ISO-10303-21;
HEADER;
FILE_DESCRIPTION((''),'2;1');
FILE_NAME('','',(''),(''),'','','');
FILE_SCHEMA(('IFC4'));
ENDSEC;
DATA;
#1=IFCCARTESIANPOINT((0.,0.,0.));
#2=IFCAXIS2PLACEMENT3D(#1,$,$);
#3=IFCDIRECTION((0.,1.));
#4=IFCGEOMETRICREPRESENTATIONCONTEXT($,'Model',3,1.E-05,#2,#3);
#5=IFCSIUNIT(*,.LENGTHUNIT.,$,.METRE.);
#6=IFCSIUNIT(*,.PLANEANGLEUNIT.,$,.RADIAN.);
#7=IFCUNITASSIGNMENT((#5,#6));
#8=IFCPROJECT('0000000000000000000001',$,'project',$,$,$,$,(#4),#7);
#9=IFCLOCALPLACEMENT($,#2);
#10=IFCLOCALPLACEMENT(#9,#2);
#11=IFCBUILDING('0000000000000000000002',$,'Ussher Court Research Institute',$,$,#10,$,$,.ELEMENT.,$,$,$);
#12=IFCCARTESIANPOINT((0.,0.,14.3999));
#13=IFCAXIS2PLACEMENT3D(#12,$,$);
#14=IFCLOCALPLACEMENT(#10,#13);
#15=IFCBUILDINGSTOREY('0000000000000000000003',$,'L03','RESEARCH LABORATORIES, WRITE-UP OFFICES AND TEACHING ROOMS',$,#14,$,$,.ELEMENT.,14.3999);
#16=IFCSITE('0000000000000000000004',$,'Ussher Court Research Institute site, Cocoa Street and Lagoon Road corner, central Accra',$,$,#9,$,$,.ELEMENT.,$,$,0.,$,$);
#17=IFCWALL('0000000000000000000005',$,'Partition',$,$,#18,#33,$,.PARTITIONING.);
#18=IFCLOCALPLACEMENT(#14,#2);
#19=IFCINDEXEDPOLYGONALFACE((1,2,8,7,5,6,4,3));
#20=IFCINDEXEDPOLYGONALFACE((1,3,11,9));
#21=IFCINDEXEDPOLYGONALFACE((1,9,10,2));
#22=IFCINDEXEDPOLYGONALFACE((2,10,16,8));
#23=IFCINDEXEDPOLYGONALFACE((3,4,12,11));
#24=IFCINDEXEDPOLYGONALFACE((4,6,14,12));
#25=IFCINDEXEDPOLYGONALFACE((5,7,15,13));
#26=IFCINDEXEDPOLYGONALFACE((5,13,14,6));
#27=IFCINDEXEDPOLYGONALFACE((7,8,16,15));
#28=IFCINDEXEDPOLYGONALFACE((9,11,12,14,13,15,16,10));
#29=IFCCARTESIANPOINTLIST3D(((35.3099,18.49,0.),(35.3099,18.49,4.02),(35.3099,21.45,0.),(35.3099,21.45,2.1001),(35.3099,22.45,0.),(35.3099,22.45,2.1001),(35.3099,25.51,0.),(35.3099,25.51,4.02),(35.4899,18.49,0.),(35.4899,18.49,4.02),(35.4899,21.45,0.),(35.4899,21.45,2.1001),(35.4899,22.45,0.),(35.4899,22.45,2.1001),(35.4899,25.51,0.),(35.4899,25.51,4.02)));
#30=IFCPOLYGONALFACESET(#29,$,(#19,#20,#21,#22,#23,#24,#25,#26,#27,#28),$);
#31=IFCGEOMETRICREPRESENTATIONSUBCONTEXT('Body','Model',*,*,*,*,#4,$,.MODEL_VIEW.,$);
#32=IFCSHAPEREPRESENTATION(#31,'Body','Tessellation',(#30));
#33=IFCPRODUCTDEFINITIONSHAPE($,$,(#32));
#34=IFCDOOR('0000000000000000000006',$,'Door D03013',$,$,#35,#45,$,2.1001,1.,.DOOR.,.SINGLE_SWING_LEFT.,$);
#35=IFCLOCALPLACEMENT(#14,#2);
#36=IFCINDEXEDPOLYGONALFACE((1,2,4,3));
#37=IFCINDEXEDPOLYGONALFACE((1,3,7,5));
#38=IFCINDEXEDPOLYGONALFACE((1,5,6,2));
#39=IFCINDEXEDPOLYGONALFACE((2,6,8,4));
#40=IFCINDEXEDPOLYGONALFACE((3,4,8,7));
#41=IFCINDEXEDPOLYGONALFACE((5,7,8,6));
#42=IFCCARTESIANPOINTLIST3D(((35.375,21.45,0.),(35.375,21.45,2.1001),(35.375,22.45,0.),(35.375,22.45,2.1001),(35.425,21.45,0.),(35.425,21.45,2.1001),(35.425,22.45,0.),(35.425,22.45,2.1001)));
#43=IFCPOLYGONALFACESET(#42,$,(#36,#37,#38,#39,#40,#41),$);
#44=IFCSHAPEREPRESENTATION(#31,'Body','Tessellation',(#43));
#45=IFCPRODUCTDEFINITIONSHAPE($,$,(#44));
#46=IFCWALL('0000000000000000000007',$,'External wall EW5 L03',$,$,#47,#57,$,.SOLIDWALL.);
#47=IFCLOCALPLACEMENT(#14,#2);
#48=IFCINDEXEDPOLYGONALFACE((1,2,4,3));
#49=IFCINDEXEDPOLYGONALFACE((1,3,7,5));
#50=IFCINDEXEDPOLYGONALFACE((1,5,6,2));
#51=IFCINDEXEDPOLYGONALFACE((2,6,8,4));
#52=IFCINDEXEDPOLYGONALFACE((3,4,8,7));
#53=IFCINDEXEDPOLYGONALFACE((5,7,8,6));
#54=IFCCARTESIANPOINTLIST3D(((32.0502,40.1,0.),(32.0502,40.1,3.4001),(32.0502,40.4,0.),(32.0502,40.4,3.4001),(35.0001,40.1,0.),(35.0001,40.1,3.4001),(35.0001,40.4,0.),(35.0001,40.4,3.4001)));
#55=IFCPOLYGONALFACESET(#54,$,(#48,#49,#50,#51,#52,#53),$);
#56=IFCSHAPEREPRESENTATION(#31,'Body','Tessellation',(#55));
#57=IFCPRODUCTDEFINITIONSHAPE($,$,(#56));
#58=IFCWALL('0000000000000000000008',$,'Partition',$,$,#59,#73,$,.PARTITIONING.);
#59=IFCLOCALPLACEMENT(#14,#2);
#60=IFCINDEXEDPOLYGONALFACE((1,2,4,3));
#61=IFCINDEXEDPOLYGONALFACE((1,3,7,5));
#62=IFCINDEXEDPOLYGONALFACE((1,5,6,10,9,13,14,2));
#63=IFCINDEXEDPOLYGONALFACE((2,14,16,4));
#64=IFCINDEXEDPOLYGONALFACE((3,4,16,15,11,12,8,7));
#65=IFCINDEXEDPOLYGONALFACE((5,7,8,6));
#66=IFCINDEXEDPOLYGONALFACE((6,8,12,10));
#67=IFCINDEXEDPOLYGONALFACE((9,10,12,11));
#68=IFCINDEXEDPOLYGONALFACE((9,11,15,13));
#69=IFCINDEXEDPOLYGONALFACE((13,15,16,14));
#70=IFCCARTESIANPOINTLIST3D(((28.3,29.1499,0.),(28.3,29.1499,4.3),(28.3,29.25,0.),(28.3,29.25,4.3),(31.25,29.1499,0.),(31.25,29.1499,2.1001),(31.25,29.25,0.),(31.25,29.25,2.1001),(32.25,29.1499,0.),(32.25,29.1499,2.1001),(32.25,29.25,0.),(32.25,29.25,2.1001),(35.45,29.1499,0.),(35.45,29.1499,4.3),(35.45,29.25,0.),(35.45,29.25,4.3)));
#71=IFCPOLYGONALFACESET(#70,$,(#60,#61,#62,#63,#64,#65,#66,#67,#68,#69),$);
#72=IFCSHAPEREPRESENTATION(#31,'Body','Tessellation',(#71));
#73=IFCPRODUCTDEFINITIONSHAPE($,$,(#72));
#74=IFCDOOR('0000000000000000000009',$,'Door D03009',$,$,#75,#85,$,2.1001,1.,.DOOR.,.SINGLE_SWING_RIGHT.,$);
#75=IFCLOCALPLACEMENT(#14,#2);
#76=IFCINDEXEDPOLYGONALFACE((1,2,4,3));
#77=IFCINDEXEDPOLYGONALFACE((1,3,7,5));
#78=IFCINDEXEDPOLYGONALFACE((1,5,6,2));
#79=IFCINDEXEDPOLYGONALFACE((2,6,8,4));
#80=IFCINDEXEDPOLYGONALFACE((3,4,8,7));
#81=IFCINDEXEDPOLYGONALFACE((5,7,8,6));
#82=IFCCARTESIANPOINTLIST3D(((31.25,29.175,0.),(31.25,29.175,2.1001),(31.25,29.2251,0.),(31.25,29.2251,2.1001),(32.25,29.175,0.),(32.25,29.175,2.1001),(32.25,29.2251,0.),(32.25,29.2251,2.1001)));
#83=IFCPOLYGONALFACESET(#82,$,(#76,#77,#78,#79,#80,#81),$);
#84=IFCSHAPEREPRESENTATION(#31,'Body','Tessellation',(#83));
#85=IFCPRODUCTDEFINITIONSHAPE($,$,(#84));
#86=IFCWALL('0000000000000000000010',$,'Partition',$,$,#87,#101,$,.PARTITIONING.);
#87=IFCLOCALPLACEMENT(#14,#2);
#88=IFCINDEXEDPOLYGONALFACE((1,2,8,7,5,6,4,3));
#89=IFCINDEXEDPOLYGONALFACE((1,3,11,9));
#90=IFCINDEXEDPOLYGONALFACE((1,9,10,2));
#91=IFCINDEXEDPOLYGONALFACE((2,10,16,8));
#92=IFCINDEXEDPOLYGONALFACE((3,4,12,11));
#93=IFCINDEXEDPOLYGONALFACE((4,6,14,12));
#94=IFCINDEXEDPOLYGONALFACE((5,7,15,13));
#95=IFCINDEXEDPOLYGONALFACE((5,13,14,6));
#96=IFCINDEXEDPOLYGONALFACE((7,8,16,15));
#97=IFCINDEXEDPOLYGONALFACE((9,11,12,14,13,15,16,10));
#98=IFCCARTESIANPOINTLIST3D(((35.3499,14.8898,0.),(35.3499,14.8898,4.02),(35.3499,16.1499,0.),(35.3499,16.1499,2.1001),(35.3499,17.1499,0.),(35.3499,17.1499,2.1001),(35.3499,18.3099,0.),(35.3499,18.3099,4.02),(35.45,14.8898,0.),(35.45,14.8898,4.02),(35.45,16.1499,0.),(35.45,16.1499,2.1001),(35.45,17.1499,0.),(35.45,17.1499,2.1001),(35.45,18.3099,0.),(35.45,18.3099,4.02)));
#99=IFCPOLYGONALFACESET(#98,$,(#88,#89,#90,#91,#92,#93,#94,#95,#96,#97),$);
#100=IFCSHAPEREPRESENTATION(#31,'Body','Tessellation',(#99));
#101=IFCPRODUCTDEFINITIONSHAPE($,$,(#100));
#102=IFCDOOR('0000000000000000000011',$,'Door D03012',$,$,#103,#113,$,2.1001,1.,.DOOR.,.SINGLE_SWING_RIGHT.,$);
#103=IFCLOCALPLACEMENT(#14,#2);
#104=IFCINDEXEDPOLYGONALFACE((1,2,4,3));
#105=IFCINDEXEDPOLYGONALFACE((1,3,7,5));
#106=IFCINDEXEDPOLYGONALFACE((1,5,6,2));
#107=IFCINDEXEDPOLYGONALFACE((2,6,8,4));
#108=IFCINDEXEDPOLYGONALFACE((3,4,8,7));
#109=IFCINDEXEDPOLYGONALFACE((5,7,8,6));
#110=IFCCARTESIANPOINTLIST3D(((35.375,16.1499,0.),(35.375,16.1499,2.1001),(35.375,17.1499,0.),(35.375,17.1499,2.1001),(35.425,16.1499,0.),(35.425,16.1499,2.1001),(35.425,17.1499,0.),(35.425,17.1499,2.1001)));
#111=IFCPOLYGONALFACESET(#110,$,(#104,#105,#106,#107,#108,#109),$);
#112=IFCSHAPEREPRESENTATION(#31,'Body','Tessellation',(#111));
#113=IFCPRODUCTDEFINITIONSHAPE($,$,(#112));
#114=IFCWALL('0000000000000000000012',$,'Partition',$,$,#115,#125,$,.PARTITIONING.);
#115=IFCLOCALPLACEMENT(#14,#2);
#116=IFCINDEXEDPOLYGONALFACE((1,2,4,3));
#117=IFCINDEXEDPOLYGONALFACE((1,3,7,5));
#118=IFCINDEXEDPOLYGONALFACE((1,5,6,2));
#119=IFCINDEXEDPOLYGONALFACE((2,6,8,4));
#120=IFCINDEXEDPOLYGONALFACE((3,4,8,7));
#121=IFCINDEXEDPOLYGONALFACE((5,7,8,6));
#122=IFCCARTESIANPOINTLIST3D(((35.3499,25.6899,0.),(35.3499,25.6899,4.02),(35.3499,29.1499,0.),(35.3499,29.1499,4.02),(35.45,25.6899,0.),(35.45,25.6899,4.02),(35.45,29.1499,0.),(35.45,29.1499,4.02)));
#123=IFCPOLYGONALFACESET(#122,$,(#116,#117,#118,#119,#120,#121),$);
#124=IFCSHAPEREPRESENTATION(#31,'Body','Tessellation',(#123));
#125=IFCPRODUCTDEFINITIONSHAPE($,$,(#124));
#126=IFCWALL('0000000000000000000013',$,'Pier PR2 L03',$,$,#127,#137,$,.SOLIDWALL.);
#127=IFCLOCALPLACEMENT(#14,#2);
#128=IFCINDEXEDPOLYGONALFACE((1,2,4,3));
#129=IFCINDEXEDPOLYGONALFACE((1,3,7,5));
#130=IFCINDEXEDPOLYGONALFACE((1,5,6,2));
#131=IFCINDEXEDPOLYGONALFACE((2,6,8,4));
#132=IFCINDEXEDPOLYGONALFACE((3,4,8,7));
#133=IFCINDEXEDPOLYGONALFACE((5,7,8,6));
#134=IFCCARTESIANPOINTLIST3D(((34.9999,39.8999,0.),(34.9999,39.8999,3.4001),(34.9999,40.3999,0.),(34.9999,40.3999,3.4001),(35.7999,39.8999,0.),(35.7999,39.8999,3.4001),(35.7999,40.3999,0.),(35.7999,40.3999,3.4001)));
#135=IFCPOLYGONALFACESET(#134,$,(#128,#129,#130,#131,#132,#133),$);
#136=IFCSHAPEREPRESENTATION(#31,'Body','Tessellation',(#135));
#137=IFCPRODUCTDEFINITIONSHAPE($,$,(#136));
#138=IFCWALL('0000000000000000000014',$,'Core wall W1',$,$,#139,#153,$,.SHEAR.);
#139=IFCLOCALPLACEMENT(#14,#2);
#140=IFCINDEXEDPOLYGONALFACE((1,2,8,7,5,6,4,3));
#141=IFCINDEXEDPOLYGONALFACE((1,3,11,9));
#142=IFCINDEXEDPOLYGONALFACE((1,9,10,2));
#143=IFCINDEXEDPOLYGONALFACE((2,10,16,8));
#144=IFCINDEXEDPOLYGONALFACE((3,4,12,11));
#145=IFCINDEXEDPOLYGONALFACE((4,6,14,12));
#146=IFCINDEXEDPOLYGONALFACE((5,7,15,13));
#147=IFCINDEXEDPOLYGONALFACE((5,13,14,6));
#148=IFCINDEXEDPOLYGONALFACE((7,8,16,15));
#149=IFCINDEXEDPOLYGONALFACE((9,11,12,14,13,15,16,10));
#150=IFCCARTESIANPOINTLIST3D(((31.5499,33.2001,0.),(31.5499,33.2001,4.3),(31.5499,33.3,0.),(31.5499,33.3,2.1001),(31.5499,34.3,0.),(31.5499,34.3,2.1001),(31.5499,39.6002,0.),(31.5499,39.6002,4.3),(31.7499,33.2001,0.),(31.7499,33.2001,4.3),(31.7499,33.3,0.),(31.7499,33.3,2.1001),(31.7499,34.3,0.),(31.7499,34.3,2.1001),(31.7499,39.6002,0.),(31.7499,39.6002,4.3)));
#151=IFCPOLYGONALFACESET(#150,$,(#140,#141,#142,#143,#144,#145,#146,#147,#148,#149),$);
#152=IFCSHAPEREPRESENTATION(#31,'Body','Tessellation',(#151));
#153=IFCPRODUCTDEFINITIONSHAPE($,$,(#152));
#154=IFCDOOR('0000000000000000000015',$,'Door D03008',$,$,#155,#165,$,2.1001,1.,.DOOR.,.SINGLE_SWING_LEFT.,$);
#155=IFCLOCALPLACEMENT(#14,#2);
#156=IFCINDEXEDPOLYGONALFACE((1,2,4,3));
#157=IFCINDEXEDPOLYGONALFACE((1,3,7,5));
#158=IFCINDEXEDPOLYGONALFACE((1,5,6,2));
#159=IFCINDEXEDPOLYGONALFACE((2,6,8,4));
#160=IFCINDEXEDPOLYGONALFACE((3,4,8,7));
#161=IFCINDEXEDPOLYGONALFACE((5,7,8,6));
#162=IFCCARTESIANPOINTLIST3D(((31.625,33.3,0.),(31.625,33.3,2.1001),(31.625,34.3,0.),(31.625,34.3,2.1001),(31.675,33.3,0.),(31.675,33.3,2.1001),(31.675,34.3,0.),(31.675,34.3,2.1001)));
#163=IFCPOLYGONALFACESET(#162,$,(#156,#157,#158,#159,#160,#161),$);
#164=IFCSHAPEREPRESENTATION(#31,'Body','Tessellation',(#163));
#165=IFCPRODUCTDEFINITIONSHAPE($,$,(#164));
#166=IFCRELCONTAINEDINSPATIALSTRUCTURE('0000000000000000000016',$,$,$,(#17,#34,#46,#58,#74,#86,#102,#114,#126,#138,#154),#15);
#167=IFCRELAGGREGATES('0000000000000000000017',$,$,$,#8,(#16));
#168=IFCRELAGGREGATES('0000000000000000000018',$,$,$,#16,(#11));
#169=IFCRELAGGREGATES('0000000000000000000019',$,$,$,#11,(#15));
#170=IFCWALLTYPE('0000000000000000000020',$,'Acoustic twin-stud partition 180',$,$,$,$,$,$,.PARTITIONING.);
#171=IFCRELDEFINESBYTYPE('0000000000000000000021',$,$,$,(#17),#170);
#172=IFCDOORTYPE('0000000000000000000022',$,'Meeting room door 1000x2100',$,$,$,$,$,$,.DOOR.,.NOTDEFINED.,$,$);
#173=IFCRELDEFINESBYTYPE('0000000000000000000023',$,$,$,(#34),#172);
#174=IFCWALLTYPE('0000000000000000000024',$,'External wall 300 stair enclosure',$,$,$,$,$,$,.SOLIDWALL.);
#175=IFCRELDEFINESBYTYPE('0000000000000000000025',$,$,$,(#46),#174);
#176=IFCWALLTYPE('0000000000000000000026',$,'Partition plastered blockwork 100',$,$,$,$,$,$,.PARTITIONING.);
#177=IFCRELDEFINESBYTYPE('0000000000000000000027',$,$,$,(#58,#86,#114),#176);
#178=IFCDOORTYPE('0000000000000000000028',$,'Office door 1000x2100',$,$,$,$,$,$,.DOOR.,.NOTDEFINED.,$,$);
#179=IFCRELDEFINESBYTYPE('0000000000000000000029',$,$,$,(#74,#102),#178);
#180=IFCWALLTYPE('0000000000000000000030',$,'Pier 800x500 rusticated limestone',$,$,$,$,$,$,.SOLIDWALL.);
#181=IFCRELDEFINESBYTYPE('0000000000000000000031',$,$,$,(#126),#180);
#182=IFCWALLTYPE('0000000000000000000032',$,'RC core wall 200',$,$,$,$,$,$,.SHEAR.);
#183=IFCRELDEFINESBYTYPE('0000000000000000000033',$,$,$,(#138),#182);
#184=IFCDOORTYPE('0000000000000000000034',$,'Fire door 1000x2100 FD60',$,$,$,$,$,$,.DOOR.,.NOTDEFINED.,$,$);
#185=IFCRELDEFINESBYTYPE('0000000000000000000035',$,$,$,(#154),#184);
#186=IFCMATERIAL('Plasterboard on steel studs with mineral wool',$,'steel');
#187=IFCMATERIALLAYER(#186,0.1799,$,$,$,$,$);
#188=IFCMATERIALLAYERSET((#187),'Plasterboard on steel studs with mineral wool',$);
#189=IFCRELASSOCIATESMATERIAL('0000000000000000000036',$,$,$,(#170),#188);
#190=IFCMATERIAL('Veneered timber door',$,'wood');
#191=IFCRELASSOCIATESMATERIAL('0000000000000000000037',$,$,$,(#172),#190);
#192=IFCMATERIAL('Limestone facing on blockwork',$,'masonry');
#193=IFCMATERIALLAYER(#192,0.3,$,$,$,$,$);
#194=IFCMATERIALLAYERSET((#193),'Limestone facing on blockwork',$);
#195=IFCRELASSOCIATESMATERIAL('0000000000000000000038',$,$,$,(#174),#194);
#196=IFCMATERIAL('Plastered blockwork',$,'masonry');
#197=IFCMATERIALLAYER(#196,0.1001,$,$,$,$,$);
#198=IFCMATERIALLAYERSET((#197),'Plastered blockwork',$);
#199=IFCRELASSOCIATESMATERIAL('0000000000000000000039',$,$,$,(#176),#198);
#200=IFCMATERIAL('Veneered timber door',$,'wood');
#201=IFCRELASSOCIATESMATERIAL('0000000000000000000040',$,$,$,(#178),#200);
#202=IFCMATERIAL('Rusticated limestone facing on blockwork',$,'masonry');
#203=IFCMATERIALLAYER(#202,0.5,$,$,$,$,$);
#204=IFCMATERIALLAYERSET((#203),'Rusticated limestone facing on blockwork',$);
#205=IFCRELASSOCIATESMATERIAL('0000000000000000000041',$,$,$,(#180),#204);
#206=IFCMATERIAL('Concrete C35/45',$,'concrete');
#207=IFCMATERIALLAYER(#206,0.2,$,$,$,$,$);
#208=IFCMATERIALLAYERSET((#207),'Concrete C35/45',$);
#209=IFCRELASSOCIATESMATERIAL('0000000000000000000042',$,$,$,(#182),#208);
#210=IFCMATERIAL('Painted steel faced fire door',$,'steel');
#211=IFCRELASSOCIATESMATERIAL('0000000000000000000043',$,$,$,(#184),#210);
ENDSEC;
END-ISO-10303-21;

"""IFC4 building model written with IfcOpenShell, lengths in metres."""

from ifc_helpers import new_model, si_unit, direction, frame, frame_2d, origin, place, context, subcontext, project, spatial, rectangle, extrude, material, layer, layer_set, type_object, element, fill, save


model = new_model("IFC4")

# Units and contexts
model_context = context("Model", 3, precision=1e-05, world=origin(), true_north=direction((0.0, 1.0)))
body_context = subcontext(model_context, "Body", "Model", "MODEL_VIEW")
ifc_project = project(units=[si_unit("LENGTHUNIT", "METRE"), si_unit("PLANEANGLEUNIT", "RADIAN")], contexts=[model_context])

# Site, building, storey
site_placement = place(None, origin())
site = spatial("IfcSite", under=ifc_project, at=site_placement, Name="Ussher Court Research Institute site, Cocoa Street and Lagoon Road corner, central Accra", CompositionType="ELEMENT", RefElevation=0.0)
building_placement = place(site_placement, origin())
building = spatial("IfcBuilding", under=site, at=building_placement, Name="Ussher Court Research Institute", CompositionType="ELEMENT")
storey_placement = place(building_placement, frame((0.0, 0.0, 14.3999)))
storey = spatial("IfcBuildingStorey", under=building, at=storey_placement, Name="L03", Description="RESEARCH LABORATORIES, WRITE-UP OFFICES AND TEACHING ROOMS", CompositionType="ELEMENT", Elevation=14.3999)

# Shared definitions
ifc_material_1 = material(Name="Plasterboard on steel studs with mineral wool", Category="steel")
ifc_layer_1 = layer(ifc_material_1, 0.1799)
ifc_layer_set_1 = layer_set([ifc_layer_1], Name="Plasterboard on steel studs with mineral wool")
wall_type_1 = type_object("IfcWallType", Name="Acoustic twin-stud partition 180", PredefinedType="PARTITIONING", material=ifc_layer_set_1)

# Wall, opening, door
wall_1_placement = place(storey_placement, frame((35.3999, 18.49, 0.0), z_axis=(0.0, 0.0, 1.0), x_axis=(0.0, 1.0, 0.0)))
wall_1 = element("IfcWall", 1, at=wall_1_placement, inside=storey, type_object=wall_type_1, Name="Partition", PredefinedType="PARTITIONING", context=body_context, shape_type="SweptSolid", body=[
    extrude(rectangle(XDim=7.02, YDim=0.1799, at=frame_2d((3.51, 0.0))), origin(), (0.0, 0.0, 1.0), 4.02),
])
opening_1_placement = place(wall_1_placement, frame((2.96, 0.0, 0.0)))
opening_1 = element("IfcOpeningElement", 2, at=opening_1_placement, cuts=wall_1, PredefinedType="OPENING", context=body_context, shape_type="SweptSolid", body=[
    extrude(rectangle(XDim=1.0, YDim=2.1001, at=frame_2d((0.5, 1.05))), frame((0.0, 0.1001, 0.0), z_axis=(0.0, -1.0, 0.0), x_axis=(1.0, 0.0, 0.0)), (0.0, 0.0, 1.0), 0.2),
])
ifc_material_2 = material(Name="Veneered timber door", Category="wood")
door_type_1 = type_object("IfcDoorType", Name="Meeting room door 1000x2100", OperationType="NOTDEFINED", PredefinedType="DOOR", material=ifc_material_2)
door_1_placement = place(opening_1_placement, origin())
door_1 = element("IfcDoor", 3, at=door_1_placement, inside=storey, type_object=door_type_1, Name="Door D03013", OperationType="SINGLE_SWING_LEFT", OverallHeight=2.1001, OverallWidth=1.0, PredefinedType="DOOR", context=body_context, shape_type="SweptSolid", body=[
    extrude(rectangle(XDim=1.0, YDim=2.1001, at=frame_2d((0.5, 1.05))), frame((0.0, 0.0249, 0.0), z_axis=(0.0, -1.0, 0.0), x_axis=(1.0, 0.0, 0.0)), (0.0, 0.0, 1.0), 0.05),
])
fill(opening_1, door_1)

# Wall
ifc_material_3 = material(Name="Limestone facing on blockwork", Category="masonry")
ifc_layer_2 = layer(ifc_material_3, 0.3)
ifc_layer_set_2 = layer_set([ifc_layer_2], Name="Limestone facing on blockwork")
wall_type_2 = type_object("IfcWallType", Name="External wall 300 stair enclosure", PredefinedType="SOLIDWALL", material=ifc_layer_set_2)
wall_2_placement = place(storey_placement, frame((32.05, 40.25, 0.0), z_axis=(0.0, 0.0, 1.0), x_axis=(1.0, 0.0, 0.0)))
element("IfcWall", 4, at=wall_2_placement, inside=storey, type_object=wall_type_2, Name="External wall EW5 L03", PredefinedType="SOLIDWALL", context=body_context, shape_type="SweptSolid", body=[
    extrude(rectangle(XDim=2.95, YDim=0.3, at=frame_2d((1.4751, 0.0))), origin(), (0.0, 0.0, 1.0), 3.4001),
])

# Walls, openings, doors
ifc_material_4 = material(Name="Plastered blockwork", Category="masonry")
ifc_layer_3 = layer(ifc_material_4, 0.1001)
ifc_layer_set_3 = layer_set([ifc_layer_3], Name="Plastered blockwork")
wall_type_3 = type_object("IfcWallType", Name="Partition plastered blockwork 100", PredefinedType="PARTITIONING", material=ifc_layer_set_3)
wall_3_placement = place(storey_placement, frame((35.45, 29.2, 0.0), z_axis=(0.0, 0.0, 1.0), x_axis=(-1.0, 0.0, 0.0)))
wall_3 = element("IfcWall", 5, at=wall_3_placement, inside=storey, type_object=wall_type_3, Name="Partition", PredefinedType="PARTITIONING", context=body_context, shape_type="SweptSolid", body=[
    extrude(rectangle(XDim=7.1499, YDim=0.1001, at=frame_2d((3.575, 0.0))), origin(), (0.0, 0.0, 1.0), 4.3),
])
opening_2_placement = place(wall_3_placement, frame((3.2, 0.0, 0.0)))
opening_2 = element("IfcOpeningElement", 6, at=opening_2_placement, cuts=wall_3, PredefinedType="OPENING", context=body_context, shape_type="SweptSolid", body=[
    extrude(rectangle(XDim=1.0, YDim=2.1001, at=frame_2d((0.5, 1.05))), frame((0.0, 0.0601, 0.0), z_axis=(0.0, -1.0, 0.0), x_axis=(1.0, 0.0, 0.0)), (0.0, 0.0, 1.0), 0.1201),
])
ifc_material_5 = material(Name="Veneered timber door", Category="wood")
door_type_2 = type_object("IfcDoorType", Name="Office door 1000x2100", OperationType="NOTDEFINED", PredefinedType="DOOR", material=ifc_material_5)
door_2_placement = place(opening_2_placement, origin())
door_2 = element("IfcDoor", 7, at=door_2_placement, inside=storey, type_object=door_type_2, Name="Door D03009", OperationType="SINGLE_SWING_RIGHT", OverallHeight=2.1001, OverallWidth=1.0, PredefinedType="DOOR", context=body_context, shape_type="SweptSolid", body=[
    extrude(rectangle(XDim=1.0, YDim=2.1001, at=frame_2d((0.5, 1.05))), frame((0.0, 0.0249, 0.0), z_axis=(0.0, -1.0, 0.0), x_axis=(1.0, 0.0, 0.0)), (0.0, 0.0, 1.0), 0.05),
])
fill(opening_2, door_2)
wall_4_placement = place(storey_placement, frame((35.3999, 14.8899, 0.0), z_axis=(0.0, 0.0, 1.0), x_axis=(0.0, 1.0, 0.0)))
wall_4 = element("IfcWall", 8, at=wall_4_placement, inside=storey, type_object=wall_type_3, Name="Partition", PredefinedType="PARTITIONING", context=body_context, shape_type="SweptSolid", body=[
    extrude(rectangle(XDim=3.4202, YDim=0.1001, at=frame_2d((1.71, 0.0))), origin(), (0.0, 0.0, 1.0), 4.02),
])
opening_3_placement = place(wall_4_placement, frame((1.26, 0.0, 0.0)))
opening_3 = element("IfcOpeningElement", 9, at=opening_3_placement, cuts=wall_4, PredefinedType="OPENING", context=body_context, shape_type="SweptSolid", body=[
    extrude(rectangle(XDim=1.0, YDim=2.1001, at=frame_2d((0.5, 1.05))), frame((0.0, 0.0601, 0.0), z_axis=(0.0, -1.0, 0.0), x_axis=(1.0, 0.0, 0.0)), (0.0, 0.0, 1.0), 0.1201),
])
door_3_placement = place(opening_3_placement, origin())
door_3 = element("IfcDoor", 10, at=door_3_placement, inside=storey, type_object=door_type_2, Name="Door D03012", OperationType="SINGLE_SWING_RIGHT", OverallHeight=2.1001, OverallWidth=1.0, PredefinedType="DOOR", context=body_context, shape_type="SweptSolid", body=[
    extrude(rectangle(XDim=1.0, YDim=2.1001, at=frame_2d((0.5, 1.05))), frame((0.0, 0.0249, 0.0), z_axis=(0.0, -1.0, 0.0), x_axis=(1.0, 0.0, 0.0)), (0.0, 0.0, 1.0), 0.05),
])
fill(opening_3, door_3)

# Walls
wall_5_placement = place(storey_placement, frame((35.3999, 25.6899, 0.0), z_axis=(0.0, 0.0, 1.0), x_axis=(0.0, 1.0, 0.0)))
element("IfcWall", 11, at=wall_5_placement, inside=storey, type_object=wall_type_3, Name="Partition", PredefinedType="PARTITIONING", context=body_context, shape_type="SweptSolid", body=[
    extrude(rectangle(XDim=3.46, YDim=0.1001, at=frame_2d((1.73, 0.0))), origin(), (0.0, 0.0, 1.0), 4.02),
])
ifc_material_6 = material(Name="Rusticated limestone facing on blockwork", Category="masonry")
ifc_layer_4 = layer(ifc_material_6, 0.5)
ifc_layer_set_4 = layer_set([ifc_layer_4], Name="Rusticated limestone facing on blockwork")
wall_type_4 = type_object("IfcWallType", Name="Pier 800x500 rusticated limestone", PredefinedType="SOLIDWALL", material=ifc_layer_set_4)
wall_6_placement = place(storey_placement, frame((35.0, 40.1499, 0.0), z_axis=(0.0, 0.0, 1.0), x_axis=(1.0, 0.0, 0.0)))
element("IfcWall", 12, at=wall_6_placement, inside=storey, type_object=wall_type_4, Name="Pier PR2 L03", PredefinedType="SOLIDWALL", context=body_context, shape_type="SweptSolid", body=[
    extrude(rectangle(XDim=0.8, YDim=0.5, at=frame_2d((0.3999, 0.0))), origin(), (0.0, 0.0, 1.0), 3.4001),
])

# Wall, opening, door
ifc_material_7 = material(Name="Concrete C35/45", Category="concrete")
ifc_layer_5 = layer(ifc_material_7, 0.2)
ifc_layer_set_5 = layer_set([ifc_layer_5], Name="Concrete C35/45")
wall_type_5 = type_object("IfcWallType", Name="RC core wall 200", PredefinedType="SHEAR", material=ifc_layer_set_5)
wall_7_placement = place(storey_placement, frame((31.6499, 33.2, 0.0), z_axis=(0.0, 0.0, 1.0), x_axis=(0.0, 1.0, 0.0)))
wall_7 = element("IfcWall", 13, at=wall_7_placement, inside=storey, type_object=wall_type_5, Name="Core wall W1", PredefinedType="SHEAR", context=body_context, shape_type="SweptSolid", body=[
    extrude(rectangle(XDim=6.4001, YDim=0.2, at=frame_2d((3.2002, 0.0))), origin(), (0.0, 0.0, 1.0), 4.3),
])
opening_4_placement = place(wall_7_placement, frame((0.1001, 0.0, 0.0)))
opening_4 = element("IfcOpeningElement", 14, at=opening_4_placement, cuts=wall_7, PredefinedType="OPENING", context=body_context, shape_type="SweptSolid", body=[
    extrude(rectangle(XDim=1.0, YDim=2.1001, at=frame_2d((0.5, 1.05))), frame((0.0, 0.1099, 0.0), z_axis=(0.0, -1.0, 0.0), x_axis=(1.0, 0.0, 0.0)), (0.0, 0.0, 1.0), 0.22),
])
ifc_material_8 = material(Name="Painted steel faced fire door", Category="steel")
door_type_3 = type_object("IfcDoorType", Name="Fire door 1000x2100 FD60", OperationType="NOTDEFINED", PredefinedType="DOOR", material=ifc_material_8)
door_4_placement = place(opening_4_placement, origin())
door_4 = element("IfcDoor", 15, at=door_4_placement, inside=storey, type_object=door_type_3, Name="Door D03008", OperationType="SINGLE_SWING_LEFT", OverallHeight=2.1001, OverallWidth=1.0, PredefinedType="DOOR", context=body_context, shape_type="SweptSolid", body=[
    extrude(rectangle(XDim=1.0, YDim=2.1001, at=frame_2d((0.5, 1.05))), frame((0.0, 0.0249, 0.0), z_axis=(0.0, -1.0, 0.0), x_axis=(1.0, 0.0, 0.0)), (0.0, 0.0, 1.0), 0.05),
])
fill(opening_4, door_4)

save(model, "model.ifc")
